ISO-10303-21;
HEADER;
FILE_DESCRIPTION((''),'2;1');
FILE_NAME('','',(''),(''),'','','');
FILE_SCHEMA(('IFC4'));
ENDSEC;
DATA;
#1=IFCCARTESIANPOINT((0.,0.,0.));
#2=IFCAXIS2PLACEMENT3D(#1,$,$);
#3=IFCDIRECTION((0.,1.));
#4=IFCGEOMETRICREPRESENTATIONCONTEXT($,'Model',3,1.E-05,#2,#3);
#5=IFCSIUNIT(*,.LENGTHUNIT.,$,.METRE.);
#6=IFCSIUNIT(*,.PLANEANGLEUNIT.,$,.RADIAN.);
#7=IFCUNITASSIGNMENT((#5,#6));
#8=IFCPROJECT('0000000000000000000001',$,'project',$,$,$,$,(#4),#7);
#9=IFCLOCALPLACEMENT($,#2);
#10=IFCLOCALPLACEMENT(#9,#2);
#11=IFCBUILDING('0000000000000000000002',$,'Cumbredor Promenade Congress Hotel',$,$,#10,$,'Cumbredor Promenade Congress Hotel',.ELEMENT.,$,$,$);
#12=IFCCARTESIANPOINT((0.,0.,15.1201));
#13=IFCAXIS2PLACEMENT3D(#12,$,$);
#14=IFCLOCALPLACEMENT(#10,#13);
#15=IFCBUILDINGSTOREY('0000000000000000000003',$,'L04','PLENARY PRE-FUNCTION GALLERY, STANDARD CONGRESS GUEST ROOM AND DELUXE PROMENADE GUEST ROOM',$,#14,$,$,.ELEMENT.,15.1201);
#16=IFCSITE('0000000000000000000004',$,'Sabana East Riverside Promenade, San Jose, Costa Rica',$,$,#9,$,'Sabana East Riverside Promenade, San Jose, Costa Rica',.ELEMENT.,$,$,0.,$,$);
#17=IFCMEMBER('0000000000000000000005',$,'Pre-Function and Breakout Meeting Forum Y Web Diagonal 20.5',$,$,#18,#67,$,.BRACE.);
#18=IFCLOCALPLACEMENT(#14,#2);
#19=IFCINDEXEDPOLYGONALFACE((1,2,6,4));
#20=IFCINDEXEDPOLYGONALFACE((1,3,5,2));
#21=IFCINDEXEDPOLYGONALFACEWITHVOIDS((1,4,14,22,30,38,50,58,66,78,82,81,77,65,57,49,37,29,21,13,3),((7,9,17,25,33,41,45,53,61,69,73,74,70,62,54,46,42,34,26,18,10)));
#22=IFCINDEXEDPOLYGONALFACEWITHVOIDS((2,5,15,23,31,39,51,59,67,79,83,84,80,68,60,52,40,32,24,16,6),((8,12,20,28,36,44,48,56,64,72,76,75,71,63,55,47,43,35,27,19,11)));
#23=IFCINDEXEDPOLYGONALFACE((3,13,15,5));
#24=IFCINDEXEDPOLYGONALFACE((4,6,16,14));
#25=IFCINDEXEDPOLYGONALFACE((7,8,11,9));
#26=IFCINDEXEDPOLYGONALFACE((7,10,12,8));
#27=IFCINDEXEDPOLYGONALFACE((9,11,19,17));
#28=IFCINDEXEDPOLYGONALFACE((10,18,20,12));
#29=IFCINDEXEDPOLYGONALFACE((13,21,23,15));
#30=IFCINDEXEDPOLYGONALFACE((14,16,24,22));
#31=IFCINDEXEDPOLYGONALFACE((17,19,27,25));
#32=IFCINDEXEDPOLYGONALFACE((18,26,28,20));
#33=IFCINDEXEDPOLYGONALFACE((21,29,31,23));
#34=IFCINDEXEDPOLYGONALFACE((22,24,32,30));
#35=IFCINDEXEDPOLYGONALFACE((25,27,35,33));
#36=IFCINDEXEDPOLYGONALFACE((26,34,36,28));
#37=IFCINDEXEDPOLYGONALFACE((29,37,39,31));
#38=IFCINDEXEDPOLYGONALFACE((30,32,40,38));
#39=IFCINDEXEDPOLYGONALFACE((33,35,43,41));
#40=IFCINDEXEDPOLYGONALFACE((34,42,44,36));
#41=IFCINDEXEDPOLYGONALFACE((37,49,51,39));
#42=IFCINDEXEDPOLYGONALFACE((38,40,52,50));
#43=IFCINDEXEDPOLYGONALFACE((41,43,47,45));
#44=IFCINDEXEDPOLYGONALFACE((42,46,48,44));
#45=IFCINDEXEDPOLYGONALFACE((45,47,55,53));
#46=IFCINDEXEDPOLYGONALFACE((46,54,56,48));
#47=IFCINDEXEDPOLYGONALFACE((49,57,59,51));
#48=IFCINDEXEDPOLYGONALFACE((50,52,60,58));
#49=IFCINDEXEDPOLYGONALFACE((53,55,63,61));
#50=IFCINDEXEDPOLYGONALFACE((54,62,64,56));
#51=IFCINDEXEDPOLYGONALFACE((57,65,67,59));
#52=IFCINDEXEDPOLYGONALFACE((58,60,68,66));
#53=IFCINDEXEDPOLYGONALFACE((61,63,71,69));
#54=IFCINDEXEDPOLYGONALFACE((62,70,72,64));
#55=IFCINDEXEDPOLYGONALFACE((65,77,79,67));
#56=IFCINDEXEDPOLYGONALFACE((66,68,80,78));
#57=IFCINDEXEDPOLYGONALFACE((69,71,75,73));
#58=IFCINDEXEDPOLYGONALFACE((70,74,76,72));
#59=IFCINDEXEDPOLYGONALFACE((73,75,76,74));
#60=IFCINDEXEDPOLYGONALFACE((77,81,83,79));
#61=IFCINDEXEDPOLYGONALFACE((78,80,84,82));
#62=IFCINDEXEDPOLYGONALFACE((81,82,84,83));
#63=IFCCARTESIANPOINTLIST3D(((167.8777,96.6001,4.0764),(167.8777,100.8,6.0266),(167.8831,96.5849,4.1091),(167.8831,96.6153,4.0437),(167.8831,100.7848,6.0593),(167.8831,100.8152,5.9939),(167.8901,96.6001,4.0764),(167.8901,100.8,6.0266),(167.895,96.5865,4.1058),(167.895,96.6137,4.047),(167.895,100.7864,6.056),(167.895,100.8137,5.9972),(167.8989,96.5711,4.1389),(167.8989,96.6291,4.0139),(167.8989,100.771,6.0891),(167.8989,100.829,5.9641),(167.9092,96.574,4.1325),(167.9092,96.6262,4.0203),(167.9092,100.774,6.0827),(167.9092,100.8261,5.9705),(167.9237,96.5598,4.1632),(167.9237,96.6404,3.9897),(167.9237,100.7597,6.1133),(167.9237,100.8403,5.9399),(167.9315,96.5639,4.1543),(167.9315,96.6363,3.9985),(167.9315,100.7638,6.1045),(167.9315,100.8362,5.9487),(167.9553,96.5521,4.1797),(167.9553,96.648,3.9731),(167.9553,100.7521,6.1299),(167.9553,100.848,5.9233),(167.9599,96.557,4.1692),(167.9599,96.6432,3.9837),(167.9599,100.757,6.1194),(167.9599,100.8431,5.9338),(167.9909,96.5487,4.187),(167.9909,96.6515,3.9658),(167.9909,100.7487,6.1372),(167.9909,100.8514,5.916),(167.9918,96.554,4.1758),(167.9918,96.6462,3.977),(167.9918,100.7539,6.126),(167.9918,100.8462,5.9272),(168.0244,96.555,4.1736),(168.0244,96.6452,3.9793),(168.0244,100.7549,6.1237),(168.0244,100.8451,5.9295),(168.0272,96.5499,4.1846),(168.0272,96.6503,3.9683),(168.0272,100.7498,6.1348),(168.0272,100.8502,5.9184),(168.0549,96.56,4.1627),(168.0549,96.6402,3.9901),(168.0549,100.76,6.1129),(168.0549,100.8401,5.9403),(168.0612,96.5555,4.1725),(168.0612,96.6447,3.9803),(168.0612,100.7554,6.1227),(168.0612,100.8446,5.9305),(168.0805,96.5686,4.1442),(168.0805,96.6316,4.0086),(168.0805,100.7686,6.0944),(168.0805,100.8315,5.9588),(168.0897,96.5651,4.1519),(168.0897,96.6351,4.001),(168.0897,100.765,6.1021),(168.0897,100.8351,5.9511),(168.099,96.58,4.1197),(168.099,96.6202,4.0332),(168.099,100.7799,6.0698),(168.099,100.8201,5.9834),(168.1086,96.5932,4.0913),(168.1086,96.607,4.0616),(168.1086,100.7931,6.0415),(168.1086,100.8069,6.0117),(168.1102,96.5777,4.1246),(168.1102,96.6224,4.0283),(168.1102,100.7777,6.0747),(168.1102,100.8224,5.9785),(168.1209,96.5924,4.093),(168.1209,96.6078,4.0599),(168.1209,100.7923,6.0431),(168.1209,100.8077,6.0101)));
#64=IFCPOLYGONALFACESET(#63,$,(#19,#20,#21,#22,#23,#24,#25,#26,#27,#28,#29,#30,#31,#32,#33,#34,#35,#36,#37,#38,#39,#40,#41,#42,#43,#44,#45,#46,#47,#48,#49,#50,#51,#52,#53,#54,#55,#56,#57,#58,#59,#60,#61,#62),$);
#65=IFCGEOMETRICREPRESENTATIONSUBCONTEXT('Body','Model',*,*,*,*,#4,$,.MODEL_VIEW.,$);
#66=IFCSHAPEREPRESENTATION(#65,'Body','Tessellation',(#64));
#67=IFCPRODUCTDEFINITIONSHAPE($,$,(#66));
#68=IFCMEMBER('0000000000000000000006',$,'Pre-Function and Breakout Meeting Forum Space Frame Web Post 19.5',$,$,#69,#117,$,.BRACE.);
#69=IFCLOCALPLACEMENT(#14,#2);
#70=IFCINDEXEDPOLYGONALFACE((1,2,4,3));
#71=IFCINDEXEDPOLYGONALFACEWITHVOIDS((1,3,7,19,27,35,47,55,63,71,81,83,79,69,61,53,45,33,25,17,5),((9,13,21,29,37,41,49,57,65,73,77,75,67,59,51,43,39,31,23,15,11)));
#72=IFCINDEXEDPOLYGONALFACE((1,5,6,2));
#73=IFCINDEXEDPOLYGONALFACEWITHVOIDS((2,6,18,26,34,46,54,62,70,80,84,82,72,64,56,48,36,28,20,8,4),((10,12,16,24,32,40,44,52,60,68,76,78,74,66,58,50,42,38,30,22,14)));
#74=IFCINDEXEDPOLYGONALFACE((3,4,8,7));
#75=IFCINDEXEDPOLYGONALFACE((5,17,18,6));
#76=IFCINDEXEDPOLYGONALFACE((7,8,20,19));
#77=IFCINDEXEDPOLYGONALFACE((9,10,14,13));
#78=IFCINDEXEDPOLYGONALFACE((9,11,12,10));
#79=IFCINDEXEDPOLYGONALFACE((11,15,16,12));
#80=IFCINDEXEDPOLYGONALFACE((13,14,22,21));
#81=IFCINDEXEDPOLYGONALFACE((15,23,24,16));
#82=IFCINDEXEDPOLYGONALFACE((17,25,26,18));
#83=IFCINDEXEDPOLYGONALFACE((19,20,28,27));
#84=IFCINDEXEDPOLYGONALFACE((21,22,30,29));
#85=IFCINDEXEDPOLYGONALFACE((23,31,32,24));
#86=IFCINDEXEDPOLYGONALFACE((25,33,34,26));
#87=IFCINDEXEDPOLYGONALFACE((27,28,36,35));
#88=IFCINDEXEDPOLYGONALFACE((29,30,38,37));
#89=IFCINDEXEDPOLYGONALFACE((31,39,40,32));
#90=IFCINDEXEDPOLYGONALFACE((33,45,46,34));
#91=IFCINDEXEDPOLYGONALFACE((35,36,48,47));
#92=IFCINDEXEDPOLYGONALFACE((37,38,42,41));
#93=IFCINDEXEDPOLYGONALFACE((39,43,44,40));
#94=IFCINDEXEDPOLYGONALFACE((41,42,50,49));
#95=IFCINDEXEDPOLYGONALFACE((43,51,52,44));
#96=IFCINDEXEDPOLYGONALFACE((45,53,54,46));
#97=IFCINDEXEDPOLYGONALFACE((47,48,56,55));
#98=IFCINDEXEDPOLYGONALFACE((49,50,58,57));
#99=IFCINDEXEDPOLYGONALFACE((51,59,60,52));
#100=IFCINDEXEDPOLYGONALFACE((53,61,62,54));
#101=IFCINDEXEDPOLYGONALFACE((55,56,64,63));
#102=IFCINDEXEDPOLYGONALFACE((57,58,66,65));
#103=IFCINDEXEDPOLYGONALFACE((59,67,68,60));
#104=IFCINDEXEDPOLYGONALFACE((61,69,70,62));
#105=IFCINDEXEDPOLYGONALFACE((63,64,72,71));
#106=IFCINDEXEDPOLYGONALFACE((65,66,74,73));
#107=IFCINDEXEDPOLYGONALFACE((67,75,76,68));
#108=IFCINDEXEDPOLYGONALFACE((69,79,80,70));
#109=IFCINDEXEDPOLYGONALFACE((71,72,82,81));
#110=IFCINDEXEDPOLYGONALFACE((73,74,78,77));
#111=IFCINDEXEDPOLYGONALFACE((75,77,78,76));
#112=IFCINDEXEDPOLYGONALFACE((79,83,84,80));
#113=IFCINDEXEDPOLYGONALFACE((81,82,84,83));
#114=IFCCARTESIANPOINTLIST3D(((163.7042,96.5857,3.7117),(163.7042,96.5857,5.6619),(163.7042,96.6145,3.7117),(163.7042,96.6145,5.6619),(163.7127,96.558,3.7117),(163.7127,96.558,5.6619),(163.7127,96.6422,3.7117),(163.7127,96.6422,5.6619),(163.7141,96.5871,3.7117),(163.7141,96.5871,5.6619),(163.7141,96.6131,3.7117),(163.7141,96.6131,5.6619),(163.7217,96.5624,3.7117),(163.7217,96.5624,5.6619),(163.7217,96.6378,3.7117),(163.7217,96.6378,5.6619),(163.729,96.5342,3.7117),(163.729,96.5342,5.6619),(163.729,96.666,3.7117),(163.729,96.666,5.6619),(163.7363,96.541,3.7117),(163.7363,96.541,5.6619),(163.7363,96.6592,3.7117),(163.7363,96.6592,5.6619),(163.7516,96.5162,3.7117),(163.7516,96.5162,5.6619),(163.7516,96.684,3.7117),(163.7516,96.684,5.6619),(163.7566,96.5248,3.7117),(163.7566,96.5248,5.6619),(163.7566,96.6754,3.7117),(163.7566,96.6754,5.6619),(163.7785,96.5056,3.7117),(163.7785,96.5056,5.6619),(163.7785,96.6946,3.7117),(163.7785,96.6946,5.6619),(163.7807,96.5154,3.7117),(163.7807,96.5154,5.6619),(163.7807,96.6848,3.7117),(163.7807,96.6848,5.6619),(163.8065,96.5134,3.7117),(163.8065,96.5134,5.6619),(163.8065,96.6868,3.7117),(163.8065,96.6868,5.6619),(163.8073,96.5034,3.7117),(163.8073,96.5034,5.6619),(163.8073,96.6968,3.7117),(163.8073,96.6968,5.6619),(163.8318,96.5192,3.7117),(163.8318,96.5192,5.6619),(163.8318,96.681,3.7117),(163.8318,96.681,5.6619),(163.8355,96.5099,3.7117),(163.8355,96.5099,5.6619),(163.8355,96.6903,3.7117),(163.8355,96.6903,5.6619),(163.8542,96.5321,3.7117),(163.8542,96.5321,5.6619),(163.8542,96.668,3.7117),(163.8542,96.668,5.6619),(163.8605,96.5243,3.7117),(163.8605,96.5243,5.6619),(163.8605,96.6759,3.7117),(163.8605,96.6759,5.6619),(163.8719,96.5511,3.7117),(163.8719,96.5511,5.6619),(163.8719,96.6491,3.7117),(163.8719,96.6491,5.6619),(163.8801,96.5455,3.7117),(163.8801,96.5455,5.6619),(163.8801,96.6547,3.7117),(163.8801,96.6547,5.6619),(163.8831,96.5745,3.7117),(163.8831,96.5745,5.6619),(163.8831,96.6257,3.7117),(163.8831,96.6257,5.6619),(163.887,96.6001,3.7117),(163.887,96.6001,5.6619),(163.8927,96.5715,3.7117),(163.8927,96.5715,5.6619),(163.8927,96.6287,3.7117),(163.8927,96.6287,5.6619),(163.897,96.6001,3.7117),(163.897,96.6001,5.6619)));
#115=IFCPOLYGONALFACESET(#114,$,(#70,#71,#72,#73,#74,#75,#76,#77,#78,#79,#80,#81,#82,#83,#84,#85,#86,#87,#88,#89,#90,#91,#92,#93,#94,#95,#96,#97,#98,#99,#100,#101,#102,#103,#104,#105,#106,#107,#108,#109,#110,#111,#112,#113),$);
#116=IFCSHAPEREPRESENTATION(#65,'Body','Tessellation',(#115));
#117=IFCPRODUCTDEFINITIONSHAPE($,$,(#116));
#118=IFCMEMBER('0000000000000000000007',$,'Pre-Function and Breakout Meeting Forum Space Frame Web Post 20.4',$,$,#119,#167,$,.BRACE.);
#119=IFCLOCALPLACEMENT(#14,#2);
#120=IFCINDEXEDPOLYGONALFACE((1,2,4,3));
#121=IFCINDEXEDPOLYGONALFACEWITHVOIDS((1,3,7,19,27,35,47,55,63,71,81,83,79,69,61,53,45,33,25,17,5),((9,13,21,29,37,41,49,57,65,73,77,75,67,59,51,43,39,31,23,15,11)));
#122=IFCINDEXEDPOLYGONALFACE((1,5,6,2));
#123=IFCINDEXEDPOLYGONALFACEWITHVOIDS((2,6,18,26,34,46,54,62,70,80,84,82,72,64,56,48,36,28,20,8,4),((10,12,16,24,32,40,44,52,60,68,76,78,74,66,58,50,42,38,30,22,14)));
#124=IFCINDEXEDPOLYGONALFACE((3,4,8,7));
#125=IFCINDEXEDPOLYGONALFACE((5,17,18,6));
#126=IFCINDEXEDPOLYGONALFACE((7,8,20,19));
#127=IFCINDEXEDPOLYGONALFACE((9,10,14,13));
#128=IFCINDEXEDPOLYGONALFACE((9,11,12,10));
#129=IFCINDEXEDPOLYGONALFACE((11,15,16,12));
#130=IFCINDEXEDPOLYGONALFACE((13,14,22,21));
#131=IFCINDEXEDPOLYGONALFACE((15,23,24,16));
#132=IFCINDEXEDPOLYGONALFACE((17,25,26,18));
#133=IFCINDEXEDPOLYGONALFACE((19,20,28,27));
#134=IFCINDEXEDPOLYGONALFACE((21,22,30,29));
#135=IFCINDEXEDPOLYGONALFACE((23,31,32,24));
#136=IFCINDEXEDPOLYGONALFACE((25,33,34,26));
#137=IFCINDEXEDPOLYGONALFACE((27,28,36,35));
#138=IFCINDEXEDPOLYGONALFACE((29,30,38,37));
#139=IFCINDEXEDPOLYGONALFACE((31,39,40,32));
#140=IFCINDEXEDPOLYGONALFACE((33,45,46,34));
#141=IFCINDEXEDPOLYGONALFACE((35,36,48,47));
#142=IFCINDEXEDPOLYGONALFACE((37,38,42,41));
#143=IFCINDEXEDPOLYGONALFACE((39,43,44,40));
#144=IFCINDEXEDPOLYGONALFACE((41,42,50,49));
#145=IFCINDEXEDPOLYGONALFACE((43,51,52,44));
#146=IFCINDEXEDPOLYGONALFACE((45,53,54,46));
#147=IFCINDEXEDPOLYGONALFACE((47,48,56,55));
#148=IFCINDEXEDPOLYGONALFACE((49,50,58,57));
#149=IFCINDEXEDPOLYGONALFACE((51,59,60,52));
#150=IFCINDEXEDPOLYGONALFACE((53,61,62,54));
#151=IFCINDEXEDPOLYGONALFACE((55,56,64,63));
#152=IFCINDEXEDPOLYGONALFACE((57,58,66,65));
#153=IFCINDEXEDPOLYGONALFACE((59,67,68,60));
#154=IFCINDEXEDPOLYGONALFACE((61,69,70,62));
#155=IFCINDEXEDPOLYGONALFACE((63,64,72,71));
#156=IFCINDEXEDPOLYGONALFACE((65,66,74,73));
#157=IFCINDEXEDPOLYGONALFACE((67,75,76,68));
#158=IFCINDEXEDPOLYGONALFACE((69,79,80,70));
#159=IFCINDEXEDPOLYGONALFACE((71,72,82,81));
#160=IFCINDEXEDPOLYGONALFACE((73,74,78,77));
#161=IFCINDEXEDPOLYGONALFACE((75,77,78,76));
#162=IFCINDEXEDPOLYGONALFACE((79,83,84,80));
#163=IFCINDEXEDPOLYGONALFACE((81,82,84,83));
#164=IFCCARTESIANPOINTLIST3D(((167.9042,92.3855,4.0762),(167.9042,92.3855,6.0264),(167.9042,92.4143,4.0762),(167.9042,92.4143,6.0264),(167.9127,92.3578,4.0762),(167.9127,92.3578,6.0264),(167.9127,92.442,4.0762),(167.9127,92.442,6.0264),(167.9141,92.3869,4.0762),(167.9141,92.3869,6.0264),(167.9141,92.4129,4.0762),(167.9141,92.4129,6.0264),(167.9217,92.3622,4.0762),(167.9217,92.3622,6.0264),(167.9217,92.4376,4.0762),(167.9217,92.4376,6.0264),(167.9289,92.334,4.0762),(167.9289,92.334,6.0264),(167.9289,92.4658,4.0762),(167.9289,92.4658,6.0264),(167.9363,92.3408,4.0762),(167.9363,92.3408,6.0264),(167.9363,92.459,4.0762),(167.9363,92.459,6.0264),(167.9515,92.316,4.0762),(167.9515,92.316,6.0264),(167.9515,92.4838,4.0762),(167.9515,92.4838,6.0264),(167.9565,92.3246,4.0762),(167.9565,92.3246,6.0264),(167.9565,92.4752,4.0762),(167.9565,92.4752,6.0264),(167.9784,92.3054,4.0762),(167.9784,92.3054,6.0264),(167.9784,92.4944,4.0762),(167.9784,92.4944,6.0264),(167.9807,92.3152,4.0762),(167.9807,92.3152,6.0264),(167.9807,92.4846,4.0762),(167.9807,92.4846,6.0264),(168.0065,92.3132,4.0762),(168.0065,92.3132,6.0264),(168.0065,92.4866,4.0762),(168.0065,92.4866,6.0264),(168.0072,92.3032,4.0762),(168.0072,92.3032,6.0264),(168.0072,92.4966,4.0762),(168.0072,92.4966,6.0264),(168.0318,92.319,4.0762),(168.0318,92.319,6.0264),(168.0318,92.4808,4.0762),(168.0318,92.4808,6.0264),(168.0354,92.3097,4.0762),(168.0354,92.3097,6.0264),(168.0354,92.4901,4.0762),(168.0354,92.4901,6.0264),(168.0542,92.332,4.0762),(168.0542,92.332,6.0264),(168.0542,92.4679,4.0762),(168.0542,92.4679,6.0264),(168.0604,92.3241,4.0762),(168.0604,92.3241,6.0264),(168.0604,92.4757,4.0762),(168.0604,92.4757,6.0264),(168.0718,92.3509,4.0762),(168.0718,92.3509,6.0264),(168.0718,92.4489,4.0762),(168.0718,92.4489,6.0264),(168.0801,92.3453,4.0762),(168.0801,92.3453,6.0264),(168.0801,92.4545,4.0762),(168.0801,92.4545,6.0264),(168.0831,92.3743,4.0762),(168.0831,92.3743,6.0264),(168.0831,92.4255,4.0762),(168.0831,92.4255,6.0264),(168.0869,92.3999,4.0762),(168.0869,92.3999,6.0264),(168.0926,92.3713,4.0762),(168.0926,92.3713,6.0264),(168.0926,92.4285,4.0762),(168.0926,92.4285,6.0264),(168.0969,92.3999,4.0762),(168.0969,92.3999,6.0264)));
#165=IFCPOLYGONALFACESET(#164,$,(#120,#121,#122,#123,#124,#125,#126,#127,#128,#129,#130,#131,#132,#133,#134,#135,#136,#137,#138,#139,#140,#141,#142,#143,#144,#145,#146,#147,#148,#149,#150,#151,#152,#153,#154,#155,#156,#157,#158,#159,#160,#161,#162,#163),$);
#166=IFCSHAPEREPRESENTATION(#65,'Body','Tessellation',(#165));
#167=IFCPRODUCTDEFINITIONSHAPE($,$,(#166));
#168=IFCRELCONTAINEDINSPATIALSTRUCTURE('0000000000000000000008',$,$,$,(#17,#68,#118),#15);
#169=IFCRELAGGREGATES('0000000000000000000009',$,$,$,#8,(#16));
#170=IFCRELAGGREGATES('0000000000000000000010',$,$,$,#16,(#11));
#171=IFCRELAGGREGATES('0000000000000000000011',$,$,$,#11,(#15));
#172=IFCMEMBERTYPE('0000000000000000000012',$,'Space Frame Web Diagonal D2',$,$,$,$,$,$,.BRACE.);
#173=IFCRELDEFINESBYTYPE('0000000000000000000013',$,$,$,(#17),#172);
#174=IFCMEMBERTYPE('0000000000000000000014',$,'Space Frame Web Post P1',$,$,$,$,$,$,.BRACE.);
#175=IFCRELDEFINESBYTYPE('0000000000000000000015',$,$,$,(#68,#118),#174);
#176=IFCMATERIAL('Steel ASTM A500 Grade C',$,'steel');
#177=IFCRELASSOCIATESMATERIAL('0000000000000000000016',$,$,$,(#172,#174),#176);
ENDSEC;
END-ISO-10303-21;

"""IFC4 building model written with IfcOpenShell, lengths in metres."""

from ifc_helpers import new_model, si_unit, direction, frame, origin, origin_2d, place, context, subcontext, project, spatial, hollow_circle, extrude, material, material_profile, profile_set, type_object, element, save


model = new_model("IFC4")

# Units and contexts
model_context = context("Model", 3, precision=1e-05, world=origin(), true_north=direction((0.0, 1.0)))
body_context = subcontext(model_context, "Body", "Model", "MODEL_VIEW")
ifc_project = project(units=[si_unit("LENGTHUNIT", "METRE"), si_unit("PLANEANGLEUNIT", "RADIAN")], contexts=[model_context])

# Site, building, storey
site_placement = place(None, origin())
site = spatial("IfcSite", under=ifc_project, at=site_placement, Name="Sabana East Riverside Promenade, San Jose, Costa Rica", LongName="Sabana East Riverside Promenade, San Jose, Costa Rica", CompositionType="ELEMENT", RefElevation=0.0)
building_placement = place(site_placement, origin())
building = spatial("IfcBuilding", under=site, at=building_placement, Name="Cumbredor Promenade Congress Hotel", LongName="Cumbredor Promenade Congress Hotel", CompositionType="ELEMENT")
storey_placement = place(building_placement, frame((0.0, 0.0, 15.1201)))
storey = spatial("IfcBuildingStorey", under=building, at=storey_placement, Name="L04", Description="PLENARY PRE-FUNCTION GALLERY, STANDARD CONGRESS GUEST ROOM AND DELUXE PROMENADE GUEST ROOM", CompositionType="ELEMENT", Elevation=15.1201)

# Members
ifc_material_1 = material(Name="Steel ASTM A500 Grade C", Category="steel")
ifc_material_profile_1 = material_profile(ifc_material_1, hollow_circle(Radius=0.1223, WallThickness=0.0125, at=origin_2d()), Name="CHS 244.5x12.5")
ifc_profile_set_1 = profile_set([ifc_material_profile_1], Name="Steel ASTM A500 Grade C")
member_type_1 = type_object("IfcMemberType", Name="Space Frame Web Diagonal D2", PredefinedType="BRACE", material=ifc_profile_set_1)
member_1_placement = place(storey_placement, frame((168.0, 96.6001, 4.0764), z_axis=(0.0, 0.906991, 0.42115), x_axis=(-1.0, 0.0, 0.0)))
element("IfcMember", 1, at=member_1_placement, inside=storey, type_object=member_type_1, Name="Pre-Function and Breakout Meeting Forum Y Web Diagonal 20.5", PredefinedType="BRACE", context=body_context, shape_type="SweptSolid", body=[
    extrude(hollow_circle(Radius=0.1223, WallThickness=0.0125, at=origin_2d()), origin(), (0.0, 0.0, 1.0), 4.6306),
])
ifc_material_profile_2 = material_profile(ifc_material_1, hollow_circle(Radius=0.0969, WallThickness=0.01, at=origin_2d()), Name="CHS 193.7x10")
ifc_profile_set_2 = profile_set([ifc_material_profile_2], Name="Steel ASTM A500 Grade C")
member_type_2 = type_object("IfcMemberType", Name="Space Frame Web Post P1", PredefinedType="BRACE", material=ifc_profile_set_2)
for number, where, z_axis, x_axis, name in (
    (2, (163.8, 96.6001, 3.7117), (0.0, 0.0, 1.0), (1.0, 0.0, 0.0), "Pre-Function and Breakout Meeting Forum Space Frame Web Post 19.5"),
    (3, (168.0, 92.3999, 4.0762), (0.0, 0.0, 1.0), (1.0, 0.0, 0.0), "Pre-Function and Breakout Meeting Forum Space Frame Web Post 20.4"),
):
    element("IfcMember", number, at=place(storey_placement, frame(where, z_axis=z_axis, x_axis=x_axis)), inside=storey, type_object=member_type_2, Name=name, PredefinedType="BRACE", context=body_context, shape_type="SweptSolid", body=[
        extrude(hollow_circle(Radius=0.0969, WallThickness=0.01, at=origin_2d()), origin(), (0.0, 0.0, 1.0), 1.9502),
    ])

save(model, "model.ifc")
